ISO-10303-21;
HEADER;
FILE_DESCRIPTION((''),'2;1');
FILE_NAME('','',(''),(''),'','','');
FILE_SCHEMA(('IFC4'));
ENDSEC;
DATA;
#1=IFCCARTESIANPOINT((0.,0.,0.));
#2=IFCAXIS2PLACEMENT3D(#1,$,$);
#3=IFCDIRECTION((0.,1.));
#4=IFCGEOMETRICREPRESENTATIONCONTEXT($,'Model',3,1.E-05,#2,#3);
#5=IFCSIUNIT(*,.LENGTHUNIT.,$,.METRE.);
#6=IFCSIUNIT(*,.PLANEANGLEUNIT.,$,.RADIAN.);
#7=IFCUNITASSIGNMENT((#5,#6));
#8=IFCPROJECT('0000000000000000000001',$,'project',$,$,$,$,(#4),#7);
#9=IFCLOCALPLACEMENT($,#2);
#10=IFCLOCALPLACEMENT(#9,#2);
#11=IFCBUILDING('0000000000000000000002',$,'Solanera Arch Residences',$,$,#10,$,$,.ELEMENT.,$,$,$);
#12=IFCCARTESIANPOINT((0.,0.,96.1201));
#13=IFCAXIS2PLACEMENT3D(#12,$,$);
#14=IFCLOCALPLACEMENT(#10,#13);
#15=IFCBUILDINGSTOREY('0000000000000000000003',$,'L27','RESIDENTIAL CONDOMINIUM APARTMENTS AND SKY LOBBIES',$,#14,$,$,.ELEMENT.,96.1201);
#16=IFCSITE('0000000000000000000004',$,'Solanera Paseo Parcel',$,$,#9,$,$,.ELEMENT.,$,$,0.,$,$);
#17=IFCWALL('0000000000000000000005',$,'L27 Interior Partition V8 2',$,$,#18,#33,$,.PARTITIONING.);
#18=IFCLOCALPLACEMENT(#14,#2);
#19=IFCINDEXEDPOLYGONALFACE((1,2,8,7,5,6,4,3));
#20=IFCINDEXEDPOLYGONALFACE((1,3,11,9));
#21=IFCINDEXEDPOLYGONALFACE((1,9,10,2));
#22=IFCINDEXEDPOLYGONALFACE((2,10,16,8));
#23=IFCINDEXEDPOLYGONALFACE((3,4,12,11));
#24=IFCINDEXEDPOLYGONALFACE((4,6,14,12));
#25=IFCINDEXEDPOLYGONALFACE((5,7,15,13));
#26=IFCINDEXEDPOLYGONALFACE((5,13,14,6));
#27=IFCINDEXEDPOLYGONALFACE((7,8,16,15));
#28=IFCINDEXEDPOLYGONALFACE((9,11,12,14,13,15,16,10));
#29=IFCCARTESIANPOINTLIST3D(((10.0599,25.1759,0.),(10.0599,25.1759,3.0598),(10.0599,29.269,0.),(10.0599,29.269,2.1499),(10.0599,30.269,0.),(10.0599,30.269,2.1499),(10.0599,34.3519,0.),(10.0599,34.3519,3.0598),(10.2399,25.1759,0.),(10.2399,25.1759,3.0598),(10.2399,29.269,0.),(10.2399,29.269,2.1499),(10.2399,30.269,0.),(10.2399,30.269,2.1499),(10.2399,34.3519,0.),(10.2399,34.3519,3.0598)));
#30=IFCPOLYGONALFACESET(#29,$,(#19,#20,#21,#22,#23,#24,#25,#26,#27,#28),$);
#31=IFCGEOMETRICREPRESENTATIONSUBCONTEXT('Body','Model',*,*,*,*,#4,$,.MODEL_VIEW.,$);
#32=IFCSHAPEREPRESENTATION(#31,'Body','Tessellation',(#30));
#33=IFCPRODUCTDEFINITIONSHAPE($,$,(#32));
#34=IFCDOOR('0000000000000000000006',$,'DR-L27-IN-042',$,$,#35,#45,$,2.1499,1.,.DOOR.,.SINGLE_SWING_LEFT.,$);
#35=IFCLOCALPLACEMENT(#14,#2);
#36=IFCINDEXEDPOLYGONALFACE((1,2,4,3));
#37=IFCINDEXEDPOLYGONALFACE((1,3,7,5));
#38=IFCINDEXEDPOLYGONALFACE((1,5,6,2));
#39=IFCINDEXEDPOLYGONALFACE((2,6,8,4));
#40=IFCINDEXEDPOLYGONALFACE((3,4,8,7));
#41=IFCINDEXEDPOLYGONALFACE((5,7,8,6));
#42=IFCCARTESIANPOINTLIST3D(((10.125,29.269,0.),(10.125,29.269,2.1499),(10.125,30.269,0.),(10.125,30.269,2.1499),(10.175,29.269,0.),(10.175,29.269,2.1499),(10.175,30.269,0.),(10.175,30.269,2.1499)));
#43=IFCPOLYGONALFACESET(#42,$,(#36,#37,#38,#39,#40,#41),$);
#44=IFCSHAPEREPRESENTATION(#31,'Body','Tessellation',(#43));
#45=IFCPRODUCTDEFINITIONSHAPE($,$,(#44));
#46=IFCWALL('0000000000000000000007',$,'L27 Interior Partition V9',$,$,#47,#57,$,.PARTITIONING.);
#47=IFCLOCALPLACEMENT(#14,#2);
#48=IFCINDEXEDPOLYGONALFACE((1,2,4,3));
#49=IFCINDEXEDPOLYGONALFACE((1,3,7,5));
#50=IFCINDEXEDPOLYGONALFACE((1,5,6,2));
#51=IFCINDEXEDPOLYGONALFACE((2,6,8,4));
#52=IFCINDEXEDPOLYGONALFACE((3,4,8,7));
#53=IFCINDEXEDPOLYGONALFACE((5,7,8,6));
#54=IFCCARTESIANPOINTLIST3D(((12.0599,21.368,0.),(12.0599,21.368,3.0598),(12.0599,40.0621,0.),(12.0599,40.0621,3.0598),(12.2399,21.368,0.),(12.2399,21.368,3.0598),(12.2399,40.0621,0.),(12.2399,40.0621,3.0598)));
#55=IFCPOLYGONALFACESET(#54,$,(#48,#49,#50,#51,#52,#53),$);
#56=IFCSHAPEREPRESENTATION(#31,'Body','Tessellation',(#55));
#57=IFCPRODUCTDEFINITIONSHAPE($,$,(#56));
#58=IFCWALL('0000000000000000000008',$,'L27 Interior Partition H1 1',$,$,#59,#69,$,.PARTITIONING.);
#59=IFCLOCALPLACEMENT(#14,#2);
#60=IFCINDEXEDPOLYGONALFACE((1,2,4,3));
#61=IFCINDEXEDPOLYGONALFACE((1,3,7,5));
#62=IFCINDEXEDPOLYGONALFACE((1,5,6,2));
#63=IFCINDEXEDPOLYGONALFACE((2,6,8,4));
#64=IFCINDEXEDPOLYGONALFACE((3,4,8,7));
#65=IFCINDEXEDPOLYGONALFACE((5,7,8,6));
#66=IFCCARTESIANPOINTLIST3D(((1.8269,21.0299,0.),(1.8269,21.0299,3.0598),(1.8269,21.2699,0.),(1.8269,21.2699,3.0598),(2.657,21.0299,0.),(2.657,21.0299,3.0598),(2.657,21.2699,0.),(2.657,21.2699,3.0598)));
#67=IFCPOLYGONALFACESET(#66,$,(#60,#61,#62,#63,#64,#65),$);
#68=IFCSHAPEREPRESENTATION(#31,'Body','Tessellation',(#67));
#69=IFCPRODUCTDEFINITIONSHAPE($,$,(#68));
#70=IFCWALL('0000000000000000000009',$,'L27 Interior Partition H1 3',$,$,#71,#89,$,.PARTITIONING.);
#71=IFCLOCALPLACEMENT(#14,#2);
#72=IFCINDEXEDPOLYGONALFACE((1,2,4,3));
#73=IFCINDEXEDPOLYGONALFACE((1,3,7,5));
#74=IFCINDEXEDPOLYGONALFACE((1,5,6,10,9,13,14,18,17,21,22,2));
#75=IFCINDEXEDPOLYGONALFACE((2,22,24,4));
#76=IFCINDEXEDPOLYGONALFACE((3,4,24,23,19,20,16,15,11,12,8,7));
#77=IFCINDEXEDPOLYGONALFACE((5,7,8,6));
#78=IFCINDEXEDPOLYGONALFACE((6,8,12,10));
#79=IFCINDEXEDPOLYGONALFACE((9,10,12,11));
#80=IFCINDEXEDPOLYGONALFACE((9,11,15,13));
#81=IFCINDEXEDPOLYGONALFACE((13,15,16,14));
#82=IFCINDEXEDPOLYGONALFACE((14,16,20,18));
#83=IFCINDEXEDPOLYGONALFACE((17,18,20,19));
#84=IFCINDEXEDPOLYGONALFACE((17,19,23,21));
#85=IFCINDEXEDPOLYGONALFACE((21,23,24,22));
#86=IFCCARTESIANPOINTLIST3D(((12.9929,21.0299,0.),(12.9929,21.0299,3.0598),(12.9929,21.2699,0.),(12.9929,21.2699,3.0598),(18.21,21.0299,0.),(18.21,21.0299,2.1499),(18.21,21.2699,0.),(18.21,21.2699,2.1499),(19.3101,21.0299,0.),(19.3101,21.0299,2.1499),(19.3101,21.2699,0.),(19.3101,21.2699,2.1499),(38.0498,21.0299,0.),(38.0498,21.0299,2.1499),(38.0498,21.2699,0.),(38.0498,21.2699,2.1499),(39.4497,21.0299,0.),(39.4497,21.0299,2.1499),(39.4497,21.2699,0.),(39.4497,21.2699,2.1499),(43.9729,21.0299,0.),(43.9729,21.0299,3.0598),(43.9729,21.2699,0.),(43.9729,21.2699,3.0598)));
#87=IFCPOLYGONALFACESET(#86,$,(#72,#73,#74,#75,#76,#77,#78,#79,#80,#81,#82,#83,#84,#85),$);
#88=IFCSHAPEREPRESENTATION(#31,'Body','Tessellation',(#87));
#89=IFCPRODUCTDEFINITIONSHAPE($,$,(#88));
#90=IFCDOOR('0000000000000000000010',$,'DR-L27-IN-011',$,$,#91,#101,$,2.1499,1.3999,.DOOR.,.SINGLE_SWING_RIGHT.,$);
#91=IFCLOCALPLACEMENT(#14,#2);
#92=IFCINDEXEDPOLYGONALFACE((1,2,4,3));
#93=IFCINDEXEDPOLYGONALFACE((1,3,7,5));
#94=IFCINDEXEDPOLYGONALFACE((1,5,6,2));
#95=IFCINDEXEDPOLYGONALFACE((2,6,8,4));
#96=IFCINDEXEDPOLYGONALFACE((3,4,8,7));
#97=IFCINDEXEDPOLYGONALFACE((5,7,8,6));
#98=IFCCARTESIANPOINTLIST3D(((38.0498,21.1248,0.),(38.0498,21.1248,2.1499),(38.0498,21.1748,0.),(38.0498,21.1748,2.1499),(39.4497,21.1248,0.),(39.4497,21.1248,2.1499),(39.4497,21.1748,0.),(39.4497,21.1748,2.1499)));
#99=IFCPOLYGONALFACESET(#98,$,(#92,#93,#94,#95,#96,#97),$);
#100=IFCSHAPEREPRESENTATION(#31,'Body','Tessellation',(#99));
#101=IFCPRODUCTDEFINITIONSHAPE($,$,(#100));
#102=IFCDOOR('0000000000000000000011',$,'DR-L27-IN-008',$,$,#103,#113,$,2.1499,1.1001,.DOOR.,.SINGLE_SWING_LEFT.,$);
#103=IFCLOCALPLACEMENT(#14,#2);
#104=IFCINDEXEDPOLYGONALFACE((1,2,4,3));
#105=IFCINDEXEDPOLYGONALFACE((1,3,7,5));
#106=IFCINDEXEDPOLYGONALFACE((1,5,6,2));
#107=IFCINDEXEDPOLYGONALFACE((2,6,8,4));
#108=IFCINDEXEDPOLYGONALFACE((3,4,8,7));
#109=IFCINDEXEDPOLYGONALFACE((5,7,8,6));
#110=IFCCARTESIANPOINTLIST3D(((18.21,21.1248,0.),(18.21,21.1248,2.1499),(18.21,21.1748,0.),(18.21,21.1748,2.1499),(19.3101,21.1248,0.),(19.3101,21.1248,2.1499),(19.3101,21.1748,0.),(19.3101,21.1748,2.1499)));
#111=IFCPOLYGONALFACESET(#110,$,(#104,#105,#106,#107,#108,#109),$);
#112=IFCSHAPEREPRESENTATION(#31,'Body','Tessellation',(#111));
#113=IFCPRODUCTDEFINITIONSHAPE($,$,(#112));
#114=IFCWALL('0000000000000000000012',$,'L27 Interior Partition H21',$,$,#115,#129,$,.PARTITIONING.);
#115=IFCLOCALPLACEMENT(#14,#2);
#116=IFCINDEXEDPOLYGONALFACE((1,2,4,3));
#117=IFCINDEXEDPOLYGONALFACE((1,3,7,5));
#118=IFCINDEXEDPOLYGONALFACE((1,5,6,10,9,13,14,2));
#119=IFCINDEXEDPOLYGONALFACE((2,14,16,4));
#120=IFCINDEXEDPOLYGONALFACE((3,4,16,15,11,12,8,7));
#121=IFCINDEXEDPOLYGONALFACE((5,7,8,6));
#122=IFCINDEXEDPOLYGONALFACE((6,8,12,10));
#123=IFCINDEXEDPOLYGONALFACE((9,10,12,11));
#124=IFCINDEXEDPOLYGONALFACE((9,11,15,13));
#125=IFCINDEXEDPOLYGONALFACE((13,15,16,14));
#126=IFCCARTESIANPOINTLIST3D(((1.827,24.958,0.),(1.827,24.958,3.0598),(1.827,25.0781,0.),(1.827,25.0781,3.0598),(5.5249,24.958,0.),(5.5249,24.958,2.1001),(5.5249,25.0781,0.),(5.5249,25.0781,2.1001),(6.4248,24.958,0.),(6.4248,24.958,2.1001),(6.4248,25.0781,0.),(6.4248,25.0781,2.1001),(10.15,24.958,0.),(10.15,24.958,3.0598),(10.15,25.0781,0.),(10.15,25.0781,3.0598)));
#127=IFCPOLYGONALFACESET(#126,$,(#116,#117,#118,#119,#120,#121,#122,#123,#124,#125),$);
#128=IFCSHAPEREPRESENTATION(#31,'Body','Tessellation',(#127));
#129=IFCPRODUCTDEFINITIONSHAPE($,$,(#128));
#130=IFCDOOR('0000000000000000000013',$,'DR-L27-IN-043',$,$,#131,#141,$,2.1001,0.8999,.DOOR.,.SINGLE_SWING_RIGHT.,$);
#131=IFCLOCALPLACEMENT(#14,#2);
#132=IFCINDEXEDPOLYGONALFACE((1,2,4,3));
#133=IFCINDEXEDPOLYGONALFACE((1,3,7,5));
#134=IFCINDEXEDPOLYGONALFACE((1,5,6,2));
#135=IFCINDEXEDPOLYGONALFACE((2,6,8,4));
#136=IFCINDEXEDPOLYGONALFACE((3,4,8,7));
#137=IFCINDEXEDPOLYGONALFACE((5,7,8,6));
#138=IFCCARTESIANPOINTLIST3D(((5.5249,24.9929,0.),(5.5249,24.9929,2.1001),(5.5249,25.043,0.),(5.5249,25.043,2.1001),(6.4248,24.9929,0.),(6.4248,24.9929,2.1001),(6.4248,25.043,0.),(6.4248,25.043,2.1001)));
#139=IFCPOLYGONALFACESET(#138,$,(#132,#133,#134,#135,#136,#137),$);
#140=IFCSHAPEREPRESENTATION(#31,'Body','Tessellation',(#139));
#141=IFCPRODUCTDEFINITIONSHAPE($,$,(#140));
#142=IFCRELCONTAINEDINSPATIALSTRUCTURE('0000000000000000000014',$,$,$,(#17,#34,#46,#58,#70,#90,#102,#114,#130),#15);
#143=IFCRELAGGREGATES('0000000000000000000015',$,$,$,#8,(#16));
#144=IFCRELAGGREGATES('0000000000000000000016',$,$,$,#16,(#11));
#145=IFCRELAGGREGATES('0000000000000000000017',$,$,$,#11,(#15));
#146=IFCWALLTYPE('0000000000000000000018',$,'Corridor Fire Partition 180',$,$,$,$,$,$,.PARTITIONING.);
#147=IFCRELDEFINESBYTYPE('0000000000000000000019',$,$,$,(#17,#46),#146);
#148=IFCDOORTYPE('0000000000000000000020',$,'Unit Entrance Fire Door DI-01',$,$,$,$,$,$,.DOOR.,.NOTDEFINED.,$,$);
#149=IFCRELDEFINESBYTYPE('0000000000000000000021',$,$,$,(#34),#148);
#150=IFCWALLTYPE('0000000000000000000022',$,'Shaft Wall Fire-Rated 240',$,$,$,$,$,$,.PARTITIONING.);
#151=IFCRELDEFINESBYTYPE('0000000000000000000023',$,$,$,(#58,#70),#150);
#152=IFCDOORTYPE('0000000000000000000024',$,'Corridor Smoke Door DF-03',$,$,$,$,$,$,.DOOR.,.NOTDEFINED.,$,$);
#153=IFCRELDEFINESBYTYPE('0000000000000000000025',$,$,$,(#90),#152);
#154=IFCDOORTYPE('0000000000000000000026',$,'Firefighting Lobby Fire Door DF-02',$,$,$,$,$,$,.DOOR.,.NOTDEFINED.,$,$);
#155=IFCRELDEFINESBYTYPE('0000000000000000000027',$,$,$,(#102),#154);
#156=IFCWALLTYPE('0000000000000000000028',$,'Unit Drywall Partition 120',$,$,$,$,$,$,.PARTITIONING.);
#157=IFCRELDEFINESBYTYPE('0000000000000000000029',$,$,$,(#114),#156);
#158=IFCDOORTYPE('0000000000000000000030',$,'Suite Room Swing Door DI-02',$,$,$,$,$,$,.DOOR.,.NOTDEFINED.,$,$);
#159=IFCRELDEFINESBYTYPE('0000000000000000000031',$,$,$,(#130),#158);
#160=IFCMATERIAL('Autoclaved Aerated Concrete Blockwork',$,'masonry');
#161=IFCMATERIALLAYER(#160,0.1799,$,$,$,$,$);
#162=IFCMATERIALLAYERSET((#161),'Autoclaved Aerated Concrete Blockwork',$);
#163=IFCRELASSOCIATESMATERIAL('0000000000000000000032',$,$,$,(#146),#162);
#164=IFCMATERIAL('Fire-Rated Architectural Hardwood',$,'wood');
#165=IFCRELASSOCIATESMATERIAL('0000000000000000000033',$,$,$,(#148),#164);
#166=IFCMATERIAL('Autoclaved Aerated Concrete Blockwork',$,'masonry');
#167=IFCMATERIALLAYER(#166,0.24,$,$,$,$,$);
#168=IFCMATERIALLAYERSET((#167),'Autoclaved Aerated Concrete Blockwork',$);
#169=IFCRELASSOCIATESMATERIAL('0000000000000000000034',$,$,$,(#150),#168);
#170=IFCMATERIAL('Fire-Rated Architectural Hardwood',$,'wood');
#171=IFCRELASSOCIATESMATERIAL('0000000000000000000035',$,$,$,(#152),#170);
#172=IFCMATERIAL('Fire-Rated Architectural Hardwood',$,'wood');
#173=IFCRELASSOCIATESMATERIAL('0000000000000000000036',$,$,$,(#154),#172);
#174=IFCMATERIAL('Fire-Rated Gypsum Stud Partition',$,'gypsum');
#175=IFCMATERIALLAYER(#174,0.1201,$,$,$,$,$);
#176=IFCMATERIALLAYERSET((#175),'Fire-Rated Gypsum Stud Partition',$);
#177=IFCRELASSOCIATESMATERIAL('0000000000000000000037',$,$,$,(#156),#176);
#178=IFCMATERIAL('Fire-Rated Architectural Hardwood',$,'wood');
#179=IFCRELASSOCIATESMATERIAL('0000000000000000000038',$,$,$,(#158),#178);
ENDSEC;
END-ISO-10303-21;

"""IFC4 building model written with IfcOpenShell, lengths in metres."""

from ifc_helpers import new_model, si_unit, direction, frame, frame_2d, origin, place, context, subcontext, project, spatial, rectangle, extrude, material, layer, layer_set, type_object, element, fill, save


model = new_model("IFC4")

# Units and contexts
model_context = context("Model", 3, precision=1e-05, world=origin(), true_north=direction((0.0, 1.0)))
body_context = subcontext(model_context, "Body", "Model", "MODEL_VIEW")
ifc_project = project(units=[si_unit("LENGTHUNIT", "METRE"), si_unit("PLANEANGLEUNIT", "RADIAN")], contexts=[model_context])

# Site, building, storey
site_placement = place(None, origin())
site = spatial("IfcSite", under=ifc_project, at=site_placement, Name="Solanera Paseo Parcel", CompositionType="ELEMENT", RefElevation=0.0)
building_placement = place(site_placement, origin())
building = spatial("IfcBuilding", under=site, at=building_placement, Name="Solanera Arch Residences", CompositionType="ELEMENT")
storey_placement = place(building_placement, frame((0.0, 0.0, 96.1201)))
storey = spatial("IfcBuildingStorey", under=building, at=storey_placement, Name="L27", Description="RESIDENTIAL CONDOMINIUM APARTMENTS AND SKY LOBBIES", CompositionType="ELEMENT", Elevation=96.1201)

# Shared definitions
ifc_material_1 = material(Name="Autoclaved Aerated Concrete Blockwork", Category="masonry")
ifc_layer_1 = layer(ifc_material_1, 0.1799)
ifc_layer_set_1 = layer_set([ifc_layer_1], Name="Autoclaved Aerated Concrete Blockwork")
wall_type_1 = type_object("IfcWallType", Name="Corridor Fire Partition 180", PredefinedType="PARTITIONING", material=ifc_layer_set_1)

# Wall, opening, door
wall_1_placement = place(storey_placement, frame((10.1499, 25.176, 0.0), z_axis=(0.0, 0.0, 1.0), x_axis=(0.0, 1.0, 0.0)))
wall_1 = element("IfcWall", 1, at=wall_1_placement, inside=storey, type_object=wall_type_1, Name="L27 Interior Partition V8 2", PredefinedType="PARTITIONING", context=body_context, shape_type="SweptSolid", body=[
    extrude(rectangle(XDim=9.176, YDim=0.1799, at=frame_2d((4.5879, 0.0))), origin(), (0.0, 0.0, 1.0), 3.0598),
])
opening_1_placement = place(wall_1_placement, frame((4.093, 0.0, 0.0)))
opening_1 = element("IfcOpeningElement", 2, at=opening_1_placement, cuts=wall_1, PredefinedType="OPENING", context=body_context, shape_type="SweptSolid", body=[
    extrude(rectangle(XDim=1.0, YDim=2.1499, at=frame_2d((0.5, 1.075))), frame((0.0, 0.1001, 0.0), z_axis=(0.0, -1.0, 0.0), x_axis=(1.0, 0.0, 0.0)), (0.0, 0.0, 1.0), 0.1999),
])
ifc_material_2 = material(Name="Fire-Rated Architectural Hardwood", Category="wood")
door_type_1 = type_object("IfcDoorType", Name="Unit Entrance Fire Door DI-01", OperationType="NOTDEFINED", PredefinedType="DOOR", material=ifc_material_2)
door_1_placement = place(opening_1_placement, origin())
door_1 = element("IfcDoor", 3, at=door_1_placement, inside=storey, type_object=door_type_1, Name="DR-L27-IN-042", OperationType="SINGLE_SWING_LEFT", OverallHeight=2.1499, OverallWidth=1.0, PredefinedType="DOOR", context=body_context, shape_type="SweptSolid", body=[
    extrude(rectangle(XDim=1.0, YDim=2.1499, at=frame_2d((0.5, 1.075))), frame((0.0, 0.0249, 0.0), z_axis=(0.0, -1.0, 0.0), x_axis=(1.0, 0.0, 0.0)), (0.0, 0.0, 1.0), 0.05),
])
fill(opening_1, door_1)

# Walls
wall_2_placement = place(storey_placement, frame((12.1499, 21.3679, 0.0), z_axis=(0.0, 0.0, 1.0), x_axis=(0.0, 1.0, 0.0)))
element("IfcWall", 4, at=wall_2_placement, inside=storey, type_object=wall_type_1, Name="L27 Interior Partition V9", PredefinedType="PARTITIONING", context=body_context, shape_type="SweptSolid", body=[
    extrude(rectangle(XDim=18.6941, YDim=0.1799, at=frame_2d((9.3472, 0.0))), origin(), (0.0, 0.0, 1.0), 3.0598),
])
ifc_material_3 = material(Name="Autoclaved Aerated Concrete Blockwork", Category="masonry")
ifc_layer_2 = layer(ifc_material_3, 0.24)
ifc_layer_set_2 = layer_set([ifc_layer_2], Name="Autoclaved Aerated Concrete Blockwork")
wall_type_2 = type_object("IfcWallType", Name="Shaft Wall Fire-Rated 240", PredefinedType="PARTITIONING", material=ifc_layer_set_2)
wall_3_placement = place(storey_placement, frame((1.8269, 21.1499, 0.0), z_axis=(0.0, 0.0, 1.0), x_axis=(1.0, 0.0, 0.0)))
element("IfcWall", 5, at=wall_3_placement, inside=storey, type_object=wall_type_2, Name="L27 Interior Partition H1 1", PredefinedType="PARTITIONING", context=body_context, shape_type="SweptSolid", body=[
    extrude(rectangle(XDim=0.8301, YDim=0.24, at=frame_2d((0.415, 0.0))), origin(), (0.0, 0.0, 1.0), 3.0598),
])

# Shared definitions
ifc_material_4 = material(Name="Fire-Rated Architectural Hardwood", Category="wood")
door_type_2 = type_object("IfcDoorType", Name="Corridor Smoke Door DF-03", OperationType="NOTDEFINED", PredefinedType="DOOR", material=ifc_material_4)

# Wall, openings, doors
wall_4_placement = place(storey_placement, frame((12.9929, 21.1499, 0.0), z_axis=(0.0, 0.0, 1.0), x_axis=(1.0, 0.0, 0.0)))
wall_4 = element("IfcWall", 6, at=wall_4_placement, inside=storey, type_object=wall_type_2, Name="L27 Interior Partition H1 3", PredefinedType="PARTITIONING", context=body_context, shape_type="SweptSolid", body=[
    extrude(rectangle(XDim=30.98, YDim=0.24, at=frame_2d((15.49, 0.0))), origin(), (0.0, 0.0, 1.0), 3.0598),
])
opening_2_placement = place(wall_4_placement, frame((5.217, 0.0, 0.0)))
opening_2 = element("IfcOpeningElement", 7, at=opening_2_placement, cuts=wall_4, PredefinedType="OPENING", context=body_context, shape_type="SweptSolid", body=[
    extrude(rectangle(XDim=1.1001, YDim=2.1499, at=frame_2d((0.55, 1.075))), frame((0.0, 0.1299, 0.0), z_axis=(0.0, -1.0, 0.0), x_axis=(1.0, 0.0, 0.0)), (0.0, 0.0, 1.0), 0.26),
])
opening_3_placement = place(wall_4_placement, frame((25.0569, 0.0, 0.0)))
opening_3 = element("IfcOpeningElement", 8, at=opening_3_placement, cuts=wall_4, PredefinedType="OPENING", context=body_context, shape_type="SweptSolid", body=[
    extrude(rectangle(XDim=1.3999, YDim=2.1499, at=frame_2d((0.7, 1.075))), frame((0.0, 0.1299, 0.0), z_axis=(0.0, -1.0, 0.0), x_axis=(1.0, 0.0, 0.0)), (0.0, 0.0, 1.0), 0.26),
])
door_2_placement = place(opening_3_placement, origin())
door_2 = element("IfcDoor", 9, at=door_2_placement, inside=storey, type_object=door_type_2, Name="DR-L27-IN-011", OperationType="SINGLE_SWING_RIGHT", OverallHeight=2.1499, OverallWidth=1.3999, PredefinedType="DOOR", context=body_context, shape_type="SweptSolid", body=[
    extrude(rectangle(XDim=1.3999, YDim=2.1499, at=frame_2d((0.7, 1.075))), frame((0.0, 0.0249, 0.0), z_axis=(0.0, -1.0, 0.0), x_axis=(1.0, 0.0, 0.0)), (0.0, 0.0, 1.0), 0.05),
])
fill(opening_3, door_2)
ifc_material_5 = material(Name="Fire-Rated Architectural Hardwood", Category="wood")
door_type_3 = type_object("IfcDoorType", Name="Firefighting Lobby Fire Door DF-02", OperationType="NOTDEFINED", PredefinedType="DOOR", material=ifc_material_5)
door_3_placement = place(opening_2_placement, origin())
door_3 = element("IfcDoor", 10, at=door_3_placement, inside=storey, type_object=door_type_3, Name="DR-L27-IN-008", OperationType="SINGLE_SWING_LEFT", OverallHeight=2.1499, OverallWidth=1.1001, PredefinedType="DOOR", context=body_context, shape_type="SweptSolid", body=[
    extrude(rectangle(XDim=1.1001, YDim=2.1499, at=frame_2d((0.55, 1.075))), frame((0.0, 0.0249, 0.0), z_axis=(0.0, -1.0, 0.0), x_axis=(1.0, 0.0, 0.0)), (0.0, 0.0, 1.0), 0.05),
])
fill(opening_2, door_3)

# Wall, opening, door
ifc_material_6 = material(Name="Fire-Rated Gypsum Stud Partition", Category="gypsum")
ifc_layer_3 = layer(ifc_material_6, 0.1201)
ifc_layer_set_3 = layer_set([ifc_layer_3], Name="Fire-Rated Gypsum Stud Partition")
wall_type_3 = type_object("IfcWallType", Name="Unit Drywall Partition 120", PredefinedType="PARTITIONING", material=ifc_layer_set_3)
wall_5_placement = place(storey_placement, frame((1.8269, 25.0181, 0.0), z_axis=(0.0, 0.0, 1.0), x_axis=(1.0, 0.0, 0.0)))
wall_5 = element("IfcWall", 11, at=wall_5_placement, inside=storey, type_object=wall_type_3, Name="L27 Interior Partition H21", PredefinedType="PARTITIONING", context=body_context, shape_type="SweptSolid", body=[
    extrude(rectangle(XDim=8.323, YDim=0.1201, at=frame_2d((4.1616, 0.0))), origin(), (0.0, 0.0, 1.0), 3.0598),
])
opening_4_placement = place(wall_5_placement, frame((3.698, 0.0, 0.0)))
opening_4 = element("IfcOpeningElement", 12, at=opening_4_placement, cuts=wall_5, PredefinedType="OPENING", context=body_context, shape_type="SweptSolid", body=[
    extrude(rectangle(XDim=0.8999, YDim=2.1001, at=frame_2d((0.45, 1.05))), frame((0.0, 0.0701, 0.0), z_axis=(0.0, -1.0, 0.0), x_axis=(1.0, 0.0, 0.0)), (0.0, 0.0, 1.0), 0.1401),
])
ifc_material_7 = material(Name="Fire-Rated Architectural Hardwood", Category="wood")
door_type_4 = type_object("IfcDoorType", Name="Suite Room Swing Door DI-02", OperationType="NOTDEFINED", PredefinedType="DOOR", material=ifc_material_7)
door_4_placement = place(opening_4_placement, origin())
door_4 = element("IfcDoor", 13, at=door_4_placement, inside=storey, type_object=door_type_4, Name="DR-L27-IN-043", OperationType="SINGLE_SWING_RIGHT", OverallHeight=2.1001, OverallWidth=0.8999, PredefinedType="DOOR", context=body_context, shape_type="SweptSolid", body=[
    extrude(rectangle(XDim=0.8999, YDim=2.1001, at=frame_2d((0.45, 1.05))), frame((0.0, 0.0249, 0.0), z_axis=(0.0, -1.0, 0.0), x_axis=(1.0, 0.0, 0.0)), (0.0, 0.0, 1.0), 0.05),
])
fill(opening_4, door_4)

save(model, "model.ifc")
